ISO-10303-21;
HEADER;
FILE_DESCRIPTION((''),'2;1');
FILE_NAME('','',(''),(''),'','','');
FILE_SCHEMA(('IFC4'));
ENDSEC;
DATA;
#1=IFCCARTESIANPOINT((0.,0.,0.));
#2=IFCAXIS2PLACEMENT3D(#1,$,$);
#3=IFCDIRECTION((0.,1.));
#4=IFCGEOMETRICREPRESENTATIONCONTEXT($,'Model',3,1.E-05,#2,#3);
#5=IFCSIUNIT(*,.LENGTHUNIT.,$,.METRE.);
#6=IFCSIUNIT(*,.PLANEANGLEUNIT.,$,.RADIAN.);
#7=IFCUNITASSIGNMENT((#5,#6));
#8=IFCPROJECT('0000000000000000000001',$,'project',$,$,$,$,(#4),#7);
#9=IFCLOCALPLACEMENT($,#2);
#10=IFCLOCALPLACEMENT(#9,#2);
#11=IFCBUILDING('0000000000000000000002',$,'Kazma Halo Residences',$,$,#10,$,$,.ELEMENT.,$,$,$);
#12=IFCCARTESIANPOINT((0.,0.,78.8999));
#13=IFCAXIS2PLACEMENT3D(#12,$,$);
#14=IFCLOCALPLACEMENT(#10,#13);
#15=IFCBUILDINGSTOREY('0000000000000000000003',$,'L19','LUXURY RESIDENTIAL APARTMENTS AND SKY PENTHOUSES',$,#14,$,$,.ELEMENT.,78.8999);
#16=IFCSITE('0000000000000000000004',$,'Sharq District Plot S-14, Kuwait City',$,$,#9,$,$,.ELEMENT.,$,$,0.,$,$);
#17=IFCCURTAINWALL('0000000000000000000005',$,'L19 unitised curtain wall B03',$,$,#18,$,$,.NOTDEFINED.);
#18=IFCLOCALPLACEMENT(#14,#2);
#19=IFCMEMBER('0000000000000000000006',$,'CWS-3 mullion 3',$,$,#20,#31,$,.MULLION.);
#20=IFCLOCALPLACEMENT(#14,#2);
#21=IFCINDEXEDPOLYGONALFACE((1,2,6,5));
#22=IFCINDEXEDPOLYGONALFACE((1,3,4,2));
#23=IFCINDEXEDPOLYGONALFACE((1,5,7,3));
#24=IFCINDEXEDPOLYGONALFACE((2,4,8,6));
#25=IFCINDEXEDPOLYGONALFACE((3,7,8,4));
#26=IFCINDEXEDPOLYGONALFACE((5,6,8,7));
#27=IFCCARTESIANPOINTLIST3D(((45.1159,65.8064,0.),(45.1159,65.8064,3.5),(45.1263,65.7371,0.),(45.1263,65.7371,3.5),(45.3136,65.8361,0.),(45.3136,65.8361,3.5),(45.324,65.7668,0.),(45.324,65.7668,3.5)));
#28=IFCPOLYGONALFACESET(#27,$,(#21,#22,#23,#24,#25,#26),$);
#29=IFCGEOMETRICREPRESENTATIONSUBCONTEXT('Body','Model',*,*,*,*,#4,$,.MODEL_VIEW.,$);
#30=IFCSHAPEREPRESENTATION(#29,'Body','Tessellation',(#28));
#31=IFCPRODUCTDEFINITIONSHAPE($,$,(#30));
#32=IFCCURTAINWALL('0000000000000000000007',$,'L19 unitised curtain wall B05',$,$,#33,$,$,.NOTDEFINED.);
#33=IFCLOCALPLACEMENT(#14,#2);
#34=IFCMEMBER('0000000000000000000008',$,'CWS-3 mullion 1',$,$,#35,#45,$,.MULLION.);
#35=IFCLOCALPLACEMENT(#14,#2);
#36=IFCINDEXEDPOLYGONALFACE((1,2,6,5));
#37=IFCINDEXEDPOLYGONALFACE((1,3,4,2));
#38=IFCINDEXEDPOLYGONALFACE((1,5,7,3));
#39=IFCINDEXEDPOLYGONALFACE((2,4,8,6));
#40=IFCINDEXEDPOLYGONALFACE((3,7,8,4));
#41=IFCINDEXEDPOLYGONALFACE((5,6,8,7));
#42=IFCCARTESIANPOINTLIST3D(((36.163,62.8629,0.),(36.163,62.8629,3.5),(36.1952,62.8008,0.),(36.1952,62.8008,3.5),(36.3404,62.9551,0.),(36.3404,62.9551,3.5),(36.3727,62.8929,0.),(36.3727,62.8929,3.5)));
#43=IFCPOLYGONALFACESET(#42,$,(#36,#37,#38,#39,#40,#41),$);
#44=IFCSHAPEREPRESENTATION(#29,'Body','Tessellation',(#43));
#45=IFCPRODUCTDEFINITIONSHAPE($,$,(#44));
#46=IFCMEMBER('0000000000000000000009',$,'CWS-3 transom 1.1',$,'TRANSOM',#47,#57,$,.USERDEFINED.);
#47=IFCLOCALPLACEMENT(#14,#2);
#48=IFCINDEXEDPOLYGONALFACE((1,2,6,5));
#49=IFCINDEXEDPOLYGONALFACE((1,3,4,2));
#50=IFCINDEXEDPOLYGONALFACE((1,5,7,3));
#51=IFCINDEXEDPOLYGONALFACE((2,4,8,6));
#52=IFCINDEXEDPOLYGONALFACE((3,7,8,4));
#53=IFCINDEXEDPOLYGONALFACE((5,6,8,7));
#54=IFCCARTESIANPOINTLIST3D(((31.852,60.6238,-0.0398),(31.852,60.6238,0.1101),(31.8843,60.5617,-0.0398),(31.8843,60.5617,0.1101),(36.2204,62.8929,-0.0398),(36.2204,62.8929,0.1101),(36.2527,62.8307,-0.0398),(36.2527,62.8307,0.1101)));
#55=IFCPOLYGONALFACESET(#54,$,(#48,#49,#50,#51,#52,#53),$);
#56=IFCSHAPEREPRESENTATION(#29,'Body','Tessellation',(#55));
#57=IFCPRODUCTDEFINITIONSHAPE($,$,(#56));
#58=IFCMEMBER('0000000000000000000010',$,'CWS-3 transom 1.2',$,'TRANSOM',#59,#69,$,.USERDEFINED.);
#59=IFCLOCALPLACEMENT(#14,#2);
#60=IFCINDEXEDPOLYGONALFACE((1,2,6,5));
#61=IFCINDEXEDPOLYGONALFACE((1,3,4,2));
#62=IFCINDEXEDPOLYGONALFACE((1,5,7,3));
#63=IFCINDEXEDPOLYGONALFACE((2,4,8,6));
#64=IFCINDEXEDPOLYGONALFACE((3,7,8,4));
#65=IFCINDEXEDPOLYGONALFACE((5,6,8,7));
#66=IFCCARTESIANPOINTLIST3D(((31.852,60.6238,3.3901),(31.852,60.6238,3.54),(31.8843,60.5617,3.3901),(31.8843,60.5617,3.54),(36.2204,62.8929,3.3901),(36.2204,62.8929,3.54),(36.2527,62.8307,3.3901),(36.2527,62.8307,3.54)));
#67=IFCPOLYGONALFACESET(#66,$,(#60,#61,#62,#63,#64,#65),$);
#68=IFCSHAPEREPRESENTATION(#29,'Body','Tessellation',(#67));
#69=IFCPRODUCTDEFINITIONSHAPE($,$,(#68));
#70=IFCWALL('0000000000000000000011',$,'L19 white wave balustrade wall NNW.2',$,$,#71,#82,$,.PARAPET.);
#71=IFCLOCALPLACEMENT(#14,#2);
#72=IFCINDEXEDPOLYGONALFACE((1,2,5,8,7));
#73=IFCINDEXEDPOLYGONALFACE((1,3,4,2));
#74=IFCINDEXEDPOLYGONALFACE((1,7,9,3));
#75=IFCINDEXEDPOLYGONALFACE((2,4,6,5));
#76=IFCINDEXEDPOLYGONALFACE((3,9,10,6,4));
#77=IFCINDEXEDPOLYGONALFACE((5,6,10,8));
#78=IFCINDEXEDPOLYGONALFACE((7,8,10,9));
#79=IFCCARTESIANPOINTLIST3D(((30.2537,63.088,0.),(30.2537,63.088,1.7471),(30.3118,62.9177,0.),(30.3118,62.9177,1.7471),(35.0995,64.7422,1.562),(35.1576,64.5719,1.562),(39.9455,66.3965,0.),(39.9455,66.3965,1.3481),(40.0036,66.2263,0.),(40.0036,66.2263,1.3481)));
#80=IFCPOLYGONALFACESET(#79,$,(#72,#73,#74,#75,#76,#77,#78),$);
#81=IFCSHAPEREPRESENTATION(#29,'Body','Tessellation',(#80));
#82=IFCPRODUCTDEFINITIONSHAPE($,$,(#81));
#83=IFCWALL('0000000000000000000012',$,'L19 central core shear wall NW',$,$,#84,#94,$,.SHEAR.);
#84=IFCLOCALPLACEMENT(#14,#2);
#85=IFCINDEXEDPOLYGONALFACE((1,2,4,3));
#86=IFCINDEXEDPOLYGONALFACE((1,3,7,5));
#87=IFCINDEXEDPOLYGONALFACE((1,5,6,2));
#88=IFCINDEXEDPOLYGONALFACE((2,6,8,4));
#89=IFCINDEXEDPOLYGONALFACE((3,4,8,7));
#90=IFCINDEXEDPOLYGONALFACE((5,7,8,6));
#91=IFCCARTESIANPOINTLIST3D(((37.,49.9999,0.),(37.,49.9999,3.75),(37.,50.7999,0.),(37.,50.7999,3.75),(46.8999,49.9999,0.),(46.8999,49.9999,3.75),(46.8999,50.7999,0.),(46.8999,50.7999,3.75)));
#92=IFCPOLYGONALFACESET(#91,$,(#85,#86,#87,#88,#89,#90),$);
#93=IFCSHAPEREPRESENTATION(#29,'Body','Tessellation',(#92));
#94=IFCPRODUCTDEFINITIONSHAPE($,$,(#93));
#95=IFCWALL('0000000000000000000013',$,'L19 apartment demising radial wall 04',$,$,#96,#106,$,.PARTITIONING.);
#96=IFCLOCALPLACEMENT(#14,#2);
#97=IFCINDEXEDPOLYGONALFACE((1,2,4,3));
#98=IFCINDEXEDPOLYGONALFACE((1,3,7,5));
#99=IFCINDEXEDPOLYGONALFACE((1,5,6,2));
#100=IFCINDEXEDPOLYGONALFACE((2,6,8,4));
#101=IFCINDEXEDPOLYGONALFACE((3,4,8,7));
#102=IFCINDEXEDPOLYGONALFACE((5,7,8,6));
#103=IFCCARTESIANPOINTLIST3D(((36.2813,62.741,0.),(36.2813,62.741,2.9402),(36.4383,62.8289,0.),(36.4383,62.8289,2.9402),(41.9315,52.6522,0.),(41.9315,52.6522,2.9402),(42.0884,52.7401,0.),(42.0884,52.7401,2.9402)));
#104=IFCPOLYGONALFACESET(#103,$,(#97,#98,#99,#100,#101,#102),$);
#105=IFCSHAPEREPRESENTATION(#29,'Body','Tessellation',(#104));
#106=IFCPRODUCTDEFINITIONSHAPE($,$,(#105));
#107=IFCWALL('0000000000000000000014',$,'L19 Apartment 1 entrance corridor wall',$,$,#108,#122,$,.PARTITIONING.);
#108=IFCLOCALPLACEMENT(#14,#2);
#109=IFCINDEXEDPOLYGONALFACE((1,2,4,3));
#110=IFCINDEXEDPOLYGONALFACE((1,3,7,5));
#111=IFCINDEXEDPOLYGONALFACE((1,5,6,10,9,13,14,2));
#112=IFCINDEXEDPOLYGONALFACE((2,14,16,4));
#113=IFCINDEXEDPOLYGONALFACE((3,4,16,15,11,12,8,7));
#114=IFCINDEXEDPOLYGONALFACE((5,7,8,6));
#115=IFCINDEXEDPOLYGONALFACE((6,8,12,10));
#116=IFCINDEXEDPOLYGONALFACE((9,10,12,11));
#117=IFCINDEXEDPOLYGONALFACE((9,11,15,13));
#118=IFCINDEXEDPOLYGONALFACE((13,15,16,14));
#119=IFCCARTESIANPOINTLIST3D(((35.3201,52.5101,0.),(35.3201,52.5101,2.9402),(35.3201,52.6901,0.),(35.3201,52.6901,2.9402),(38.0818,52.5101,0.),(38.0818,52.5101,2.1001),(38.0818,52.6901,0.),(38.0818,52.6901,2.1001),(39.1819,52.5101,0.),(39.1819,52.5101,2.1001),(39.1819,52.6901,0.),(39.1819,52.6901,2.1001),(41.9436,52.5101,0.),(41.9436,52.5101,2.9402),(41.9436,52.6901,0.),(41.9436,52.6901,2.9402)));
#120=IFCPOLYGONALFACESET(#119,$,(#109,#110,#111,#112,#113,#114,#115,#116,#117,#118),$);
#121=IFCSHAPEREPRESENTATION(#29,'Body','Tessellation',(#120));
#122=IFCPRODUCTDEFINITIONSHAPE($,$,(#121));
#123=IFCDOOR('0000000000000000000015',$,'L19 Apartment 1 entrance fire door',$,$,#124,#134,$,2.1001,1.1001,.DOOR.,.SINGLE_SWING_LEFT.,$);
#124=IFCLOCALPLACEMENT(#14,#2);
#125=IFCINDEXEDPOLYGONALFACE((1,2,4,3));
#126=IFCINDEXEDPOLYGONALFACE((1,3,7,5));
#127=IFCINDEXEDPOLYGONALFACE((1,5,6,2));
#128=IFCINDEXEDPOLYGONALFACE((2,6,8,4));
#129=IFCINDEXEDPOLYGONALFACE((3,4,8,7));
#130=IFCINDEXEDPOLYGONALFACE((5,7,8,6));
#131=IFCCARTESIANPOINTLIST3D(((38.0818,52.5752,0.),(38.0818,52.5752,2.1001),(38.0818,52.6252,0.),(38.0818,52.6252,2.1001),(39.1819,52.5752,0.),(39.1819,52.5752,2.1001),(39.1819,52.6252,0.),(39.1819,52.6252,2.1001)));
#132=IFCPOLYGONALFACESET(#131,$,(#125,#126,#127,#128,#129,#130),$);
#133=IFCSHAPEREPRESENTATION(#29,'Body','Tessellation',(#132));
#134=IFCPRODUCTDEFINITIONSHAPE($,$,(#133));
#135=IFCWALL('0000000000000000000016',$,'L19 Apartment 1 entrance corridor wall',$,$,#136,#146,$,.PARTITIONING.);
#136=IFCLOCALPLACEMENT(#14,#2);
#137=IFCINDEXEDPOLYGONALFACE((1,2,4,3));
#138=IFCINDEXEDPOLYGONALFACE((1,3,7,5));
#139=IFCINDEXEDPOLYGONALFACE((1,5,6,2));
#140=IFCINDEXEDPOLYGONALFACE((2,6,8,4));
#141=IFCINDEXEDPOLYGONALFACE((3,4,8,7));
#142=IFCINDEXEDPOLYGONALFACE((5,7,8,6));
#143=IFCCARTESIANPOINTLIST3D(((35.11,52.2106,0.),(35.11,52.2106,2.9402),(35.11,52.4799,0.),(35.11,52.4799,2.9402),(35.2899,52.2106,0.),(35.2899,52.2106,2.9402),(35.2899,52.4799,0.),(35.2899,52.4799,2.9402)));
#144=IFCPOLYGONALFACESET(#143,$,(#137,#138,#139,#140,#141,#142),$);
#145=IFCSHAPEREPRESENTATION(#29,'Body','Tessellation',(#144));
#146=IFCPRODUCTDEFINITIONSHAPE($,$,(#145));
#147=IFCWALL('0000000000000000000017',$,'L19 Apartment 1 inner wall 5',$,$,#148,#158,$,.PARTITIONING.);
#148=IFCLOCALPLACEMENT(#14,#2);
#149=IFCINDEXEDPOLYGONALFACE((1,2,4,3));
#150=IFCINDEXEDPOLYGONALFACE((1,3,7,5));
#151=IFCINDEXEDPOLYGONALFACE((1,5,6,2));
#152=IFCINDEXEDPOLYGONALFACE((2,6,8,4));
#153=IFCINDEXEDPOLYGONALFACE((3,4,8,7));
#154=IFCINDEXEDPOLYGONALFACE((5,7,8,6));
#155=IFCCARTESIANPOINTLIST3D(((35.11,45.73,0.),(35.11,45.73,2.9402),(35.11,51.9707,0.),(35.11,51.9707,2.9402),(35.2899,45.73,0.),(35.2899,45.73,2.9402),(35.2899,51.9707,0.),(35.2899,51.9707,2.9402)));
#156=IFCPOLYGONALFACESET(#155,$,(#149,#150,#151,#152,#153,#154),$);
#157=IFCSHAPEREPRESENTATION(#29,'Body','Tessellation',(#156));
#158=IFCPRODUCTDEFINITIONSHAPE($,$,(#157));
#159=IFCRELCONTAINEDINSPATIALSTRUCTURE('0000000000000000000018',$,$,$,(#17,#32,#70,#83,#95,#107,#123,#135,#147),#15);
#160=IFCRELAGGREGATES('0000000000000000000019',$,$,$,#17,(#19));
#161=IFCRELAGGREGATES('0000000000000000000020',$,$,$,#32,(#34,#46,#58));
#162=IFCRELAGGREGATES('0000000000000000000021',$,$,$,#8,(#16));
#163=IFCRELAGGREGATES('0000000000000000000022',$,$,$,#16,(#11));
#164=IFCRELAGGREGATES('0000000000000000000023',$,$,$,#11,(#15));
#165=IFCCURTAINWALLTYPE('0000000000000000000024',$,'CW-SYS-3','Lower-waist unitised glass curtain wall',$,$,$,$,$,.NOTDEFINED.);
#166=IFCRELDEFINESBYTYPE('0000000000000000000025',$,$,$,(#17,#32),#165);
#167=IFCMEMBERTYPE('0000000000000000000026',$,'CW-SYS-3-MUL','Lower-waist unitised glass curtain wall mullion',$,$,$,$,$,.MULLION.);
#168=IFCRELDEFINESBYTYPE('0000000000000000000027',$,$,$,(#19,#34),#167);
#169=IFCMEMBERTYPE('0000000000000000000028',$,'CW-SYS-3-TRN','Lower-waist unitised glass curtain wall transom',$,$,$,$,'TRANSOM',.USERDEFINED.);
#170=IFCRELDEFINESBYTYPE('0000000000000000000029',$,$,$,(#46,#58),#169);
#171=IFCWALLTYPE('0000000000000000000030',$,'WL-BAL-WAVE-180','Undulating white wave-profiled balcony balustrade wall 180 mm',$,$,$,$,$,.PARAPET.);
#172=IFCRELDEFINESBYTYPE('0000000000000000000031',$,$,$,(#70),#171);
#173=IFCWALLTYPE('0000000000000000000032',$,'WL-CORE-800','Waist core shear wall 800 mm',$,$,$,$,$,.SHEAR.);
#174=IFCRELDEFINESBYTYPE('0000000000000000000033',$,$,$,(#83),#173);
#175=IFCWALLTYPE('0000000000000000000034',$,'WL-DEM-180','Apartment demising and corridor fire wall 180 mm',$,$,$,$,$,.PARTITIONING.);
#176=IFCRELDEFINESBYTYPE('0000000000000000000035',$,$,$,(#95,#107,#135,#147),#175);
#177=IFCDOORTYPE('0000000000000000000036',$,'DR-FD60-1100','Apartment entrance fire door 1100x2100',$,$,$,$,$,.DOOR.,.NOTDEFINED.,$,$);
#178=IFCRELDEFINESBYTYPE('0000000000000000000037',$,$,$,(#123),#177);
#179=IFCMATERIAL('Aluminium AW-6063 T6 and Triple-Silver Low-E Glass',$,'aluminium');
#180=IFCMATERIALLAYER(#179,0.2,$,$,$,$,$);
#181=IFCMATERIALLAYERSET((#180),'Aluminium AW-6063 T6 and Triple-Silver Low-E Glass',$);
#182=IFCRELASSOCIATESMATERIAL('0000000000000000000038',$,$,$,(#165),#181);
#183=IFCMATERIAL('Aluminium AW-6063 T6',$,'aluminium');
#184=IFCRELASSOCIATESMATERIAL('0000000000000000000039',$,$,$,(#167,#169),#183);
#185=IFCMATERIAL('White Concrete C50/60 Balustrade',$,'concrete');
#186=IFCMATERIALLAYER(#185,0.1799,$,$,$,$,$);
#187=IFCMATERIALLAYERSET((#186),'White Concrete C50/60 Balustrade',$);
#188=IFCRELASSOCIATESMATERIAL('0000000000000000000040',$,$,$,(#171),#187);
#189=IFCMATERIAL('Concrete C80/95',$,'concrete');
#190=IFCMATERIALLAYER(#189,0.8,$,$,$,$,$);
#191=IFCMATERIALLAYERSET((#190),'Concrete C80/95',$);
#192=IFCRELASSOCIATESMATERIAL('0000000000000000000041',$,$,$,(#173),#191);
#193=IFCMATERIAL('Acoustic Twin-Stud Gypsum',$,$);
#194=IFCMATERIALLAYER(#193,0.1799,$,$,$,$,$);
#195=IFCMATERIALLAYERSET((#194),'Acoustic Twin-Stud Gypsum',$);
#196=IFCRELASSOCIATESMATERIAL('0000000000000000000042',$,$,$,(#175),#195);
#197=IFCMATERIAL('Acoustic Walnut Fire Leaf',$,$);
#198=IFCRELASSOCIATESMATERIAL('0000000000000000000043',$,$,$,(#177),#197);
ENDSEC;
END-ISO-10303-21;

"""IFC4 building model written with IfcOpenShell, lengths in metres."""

from ifc_helpers import new_model, si_unit, direction, frame, frame_2d, origin, origin_2d, place, context, subcontext, project, spatial, polyline, rectangle, outline, extrude, material, layer, layer_set, material_profile, profile_set, type_object, element, fill, aggregate, save


model = new_model("IFC4")

# Units and contexts
model_context = context("Model", 3, precision=1e-05, world=origin(), true_north=direction((0.0, 1.0)))
body_context = subcontext(model_context, "Body", "Model", "MODEL_VIEW")
ifc_project = project(units=[si_unit("LENGTHUNIT", "METRE"), si_unit("PLANEANGLEUNIT", "RADIAN")], contexts=[model_context])

# Site, building, storey
site_placement = place(None, origin())
site = spatial("IfcSite", under=ifc_project, at=site_placement, Name="Sharq District Plot S-14, Kuwait City", CompositionType="ELEMENT", RefElevation=0.0)
building_placement = place(site_placement, origin())
building = spatial("IfcBuilding", under=site, at=building_placement, Name="Kazma Halo Residences", CompositionType="ELEMENT")
storey_placement = place(building_placement, frame((0.0, 0.0, 78.8999)))
storey = spatial("IfcBuildingStorey", under=building, at=storey_placement, Name="L19", Description="LUXURY RESIDENTIAL APARTMENTS AND SKY PENTHOUSES", CompositionType="ELEMENT", Elevation=78.8999)

# Shared definitions
ifc_material_1 = material(Name="Concrete C80/95", Category="concrete")

# Curtain wall, member
ifc_material_2 = material(Name="Aluminium AW-6063 T6 and Triple-Silver Low-E Glass", Category="aluminium")
ifc_layer_1 = layer(ifc_material_2, 0.2)
ifc_layer_set_1 = layer_set([ifc_layer_1], Name="Aluminium AW-6063 T6 and Triple-Silver Low-E Glass")
curtain_wall_type = type_object("IfcCurtainWallType", Name="CW-SYS-3", Description="Lower-waist unitised glass curtain wall", PredefinedType="NOTDEFINED", material=ifc_layer_set_1)
curtain_wall_1_placement = place(storey_placement, origin())
curtain_wall_1 = element("IfcCurtainWall", 1, at=curtain_wall_1_placement, inside=storey, type_object=curtain_wall_type, Name="L19 unitised curtain wall B03", PredefinedType="NOTDEFINED")
ifc_material_3 = material(Name="Aluminium AW-6063 T6", Category="aluminium")
ifc_material_profile_1 = material_profile(ifc_material_3, rectangle(XDim=0.0701, YDim=0.2, at=origin_2d()), Name="CWM-70x200")
ifc_profile_set_1 = profile_set([ifc_material_profile_1], Name="Aluminium AW-6063 T6")
member_type_1 = type_object("IfcMemberType", Name="CW-SYS-3-MUL", Description="Lower-waist unitised glass curtain wall mullion", PredefinedType="MULLION", material=ifc_profile_set_1)
member_1_placement = place(storey_placement, frame((45.22, 65.7866, 0.0), z_axis=(0.0, 0.0, 1.0), x_axis=(0.148717, -0.98888, 0.0)))
member_1 = element("IfcMember", 2, at=member_1_placement, type_object=member_type_1, Name="CWS-3 mullion 3", PredefinedType="MULLION", context=body_context, shape_type="SweptSolid", body=[
    extrude(rectangle(XDim=0.0701, YDim=0.2, at=origin_2d()), origin(), (0.0, 0.0, 1.0), 3.5),
])
aggregate(curtain_wall_1, [member_1])

# Curtain wall, members
curtain_wall_2_placement = place(storey_placement, origin())
curtain_wall_2 = element("IfcCurtainWall", 3, at=curtain_wall_2_placement, inside=storey, type_object=curtain_wall_type, Name="L19 unitised curtain wall B05", PredefinedType="NOTDEFINED")
member_2_placement = place(storey_placement, frame((36.2678, 62.8779, 0.0), z_axis=(0.0, 0.0, 1.0), x_axis=(0.460932, -0.887435, 0.0)))
member_2 = element("IfcMember", 4, at=member_2_placement, type_object=member_type_1, Name="CWS-3 mullion 1", PredefinedType="MULLION", context=body_context, shape_type="SweptSolid", body=[
    extrude(rectangle(XDim=0.0701, YDim=0.2, at=origin_2d()), origin(), (0.0, 0.0, 1.0), 3.5),
])
ifc_material_profile_2 = material_profile(ifc_material_3, rectangle(XDim=0.0701, YDim=0.1499, at=origin_2d()), Name="CWT-70x150")
ifc_profile_set_2 = profile_set([ifc_material_profile_2], Name="Aluminium AW-6063 T6")
member_type_2 = type_object("IfcMemberType", Name="CW-SYS-3-TRN", Description="Lower-waist unitised glass curtain wall transom", ElementType="TRANSOM", PredefinedType="USERDEFINED", material=ifc_profile_set_2)
member_3_placement = place(storey_placement, frame((36.2366, 62.8618, 0.0352), z_axis=(-0.887427, -0.460948, 0.0), x_axis=(0.460948, -0.887427, 0.0)))
member_3 = element("IfcMember", 5, at=member_3_placement, type_object=member_type_2, Name="CWS-3 transom 1.1", ObjectType="TRANSOM", PredefinedType="USERDEFINED", context=body_context, shape_type="SweptSolid", body=[
    extrude(rectangle(XDim=0.0701, YDim=0.1499, at=origin_2d()), origin(), (0.0, 0.0, 1.0), 4.9226),
])
member_4_placement = place(storey_placement, frame((36.2366, 62.8618, 3.4651), z_axis=(-0.887427, -0.460948, 0.0), x_axis=(0.460948, -0.887427, 0.0)))
member_4 = element("IfcMember", 6, at=member_4_placement, type_object=member_type_2, Name="CWS-3 transom 1.2", ObjectType="TRANSOM", PredefinedType="USERDEFINED", context=body_context, shape_type="SweptSolid", body=[
    extrude(rectangle(XDim=0.0701, YDim=0.1499, at=origin_2d()), origin(), (0.0, 0.0, 1.0), 4.9226),
])
aggregate(curtain_wall_2, [member_2, member_3, member_4])

# Walls
ifc_material_4 = material(Name="White Concrete C50/60 Balustrade", Category="concrete")
ifc_layer_2 = layer(ifc_material_4, 0.1799)
ifc_layer_set_2 = layer_set([ifc_layer_2], Name="White Concrete C50/60 Balustrade")
wall_type_1 = type_object("IfcWallType", Name="WL-BAL-WAVE-180", Description="Undulating white wave-profiled balcony balustrade wall 180 mm", PredefinedType="PARAPET", material=ifc_layer_set_2)
wall_1_placement = place(storey_placement, frame((39.9746, 66.3113, 0.0), z_axis=(0.0, 0.0, 1.0), x_axis=(-0.946375, -0.323071, 0.0)))
element("IfcWall", 7, at=wall_1_placement, inside=storey, type_object=wall_type_1, Name="L19 white wave balustrade wall NNW.2", PredefinedType="PARAPET", context=body_context, shape_type="SweptSolid", body=[
    extrude(outline(polyline([(0.0, 0.0), (10.241, 0.0), (10.241, 1.7471), (5.1206, 1.562), (0.0, 1.3481), (0.0, 0.0)])), frame((0.0, 0.0898, 0.0), z_axis=(0.0, -1.0, 0.0), x_axis=(1.0, 0.0, 0.0)), (0.0, 0.0, 1.0), 0.1799),
])
ifc_layer_3 = layer(ifc_material_1, 0.8)
ifc_layer_set_3 = layer_set([ifc_layer_3], Name="Concrete C80/95")
wall_type_2 = type_object("IfcWallType", Name="WL-CORE-800", Description="Waist core shear wall 800 mm", PredefinedType="SHEAR", material=ifc_layer_set_3)
wall_2_placement = place(storey_placement, frame((37.0, 50.3999, 0.0), z_axis=(0.0, 0.0, 1.0), x_axis=(1.0, 0.0, 0.0)))
element("IfcWall", 8, at=wall_2_placement, inside=storey, type_object=wall_type_2, Name="L19 central core shear wall NW", PredefinedType="SHEAR", context=body_context, shape_type="SweptSolid", body=[
    extrude(rectangle(XDim=9.8999, YDim=0.8, at=frame_2d((4.95, 0.0))), origin(), (0.0, 0.0, 1.0), 3.75),
])
ifc_material_5 = material(Name="Acoustic Twin-Stud Gypsum")
ifc_layer_4 = layer(ifc_material_5, 0.1799)
ifc_layer_set_4 = layer_set([ifc_layer_4], Name="Acoustic Twin-Stud Gypsum")
wall_type_3 = type_object("IfcWallType", Name="WL-DEM-180", Description="Apartment demising and corridor fire wall 180 mm", PredefinedType="PARTITIONING", material=ifc_layer_set_4)
wall_3_placement = place(storey_placement, frame((42.01, 52.696, 0.0), z_axis=(0.0, 0.0, 1.0), x_axis=(-0.488628, 0.872492, 0.0)))
element("IfcWall", 9, at=wall_3_placement, inside=storey, type_object=wall_type_3, Name="L19 apartment demising radial wall 04", PredefinedType="PARTITIONING", context=body_context, shape_type="SweptSolid", body=[
    extrude(rectangle(XDim=11.5632, YDim=0.1799, at=frame_2d((5.7817, 0.0))), origin(), (0.0, 0.0, 1.0), 2.9402),
])

# Wall, opening, door
wall_4_placement = place(storey_placement, frame((41.9436, 52.6001, 0.0), z_axis=(0.0, 0.0, 1.0), x_axis=(-1.0, 0.0, 0.0)))
wall_4 = element("IfcWall", 10, at=wall_4_placement, inside=storey, type_object=wall_type_3, Name="L19 Apartment 1 entrance corridor wall", PredefinedType="PARTITIONING", context=body_context, shape_type="SweptSolid", body=[
    extrude(rectangle(XDim=6.6235, YDim=0.1799, at=frame_2d((3.3118, 0.0))), origin(), (0.0, 0.0, 1.0), 2.9402),
])
opening_1_placement = place(wall_4_placement, frame((2.7617, 0.0, 0.0)))
opening_1 = element("IfcOpeningElement", 11, at=opening_1_placement, cuts=wall_4, PredefinedType="OPENING", context=body_context, shape_type="SweptSolid", body=[
    extrude(rectangle(XDim=1.1001, YDim=2.1001, at=frame_2d((0.55, 1.05))), frame((0.0, 0.0999, 0.0), z_axis=(0.0, -1.0, 0.0), x_axis=(1.0, 0.0, 0.0)), (0.0, 0.0, 1.0), 0.2),
])
ifc_material_6 = material(Name="Acoustic Walnut Fire Leaf")
door_type_1 = type_object("IfcDoorType", Name="DR-FD60-1100", Description="Apartment entrance fire door 1100x2100", OperationType="NOTDEFINED", PredefinedType="DOOR", material=ifc_material_6)
door_1_placement = place(opening_1_placement, origin())
door_1 = element("IfcDoor", 12, at=door_1_placement, inside=storey, type_object=door_type_1, Name="L19 Apartment 1 entrance fire door", OperationType="SINGLE_SWING_LEFT", OverallHeight=2.1001, OverallWidth=1.1001, PredefinedType="DOOR", context=body_context, shape_type="SweptSolid", body=[
    extrude(rectangle(XDim=1.1001, YDim=2.1001, at=frame_2d((0.55, 1.05))), frame((0.0, 0.0249, 0.0), z_axis=(0.0, -1.0, 0.0), x_axis=(1.0, 0.0, 0.0)), (0.0, 0.0, 1.0), 0.05),
])
fill(opening_1, door_1)

# Walls
wall_5_placement = place(storey_placement, frame((35.2, 52.48, 0.0), z_axis=(0.0, 0.0, 1.0), x_axis=(0.0, -1.0, 0.0)))
element("IfcWall", 13, at=wall_5_placement, inside=storey, type_object=wall_type_3, Name="L19 Apartment 1 entrance corridor wall", PredefinedType="PARTITIONING", context=body_context, shape_type="SweptSolid", body=[
    extrude(rectangle(XDim=0.2693, YDim=0.1799, at=frame_2d((0.1348, 0.0))), origin(), (0.0, 0.0, 1.0), 2.9402),
])
wall_6_placement = place(storey_placement, frame((35.2, 51.9707, 0.0), z_axis=(0.0, 0.0, 1.0), x_axis=(0.0, -1.0, 0.0)))
element("IfcWall", 14, at=wall_6_placement, inside=storey, type_object=wall_type_3, Name="L19 Apartment 1 inner wall 5", PredefinedType="PARTITIONING", context=body_context, shape_type="SweptSolid", body=[
    extrude(rectangle(XDim=6.2407, YDim=0.1799, at=frame_2d((3.1204, 0.0))), origin(), (0.0, 0.0, 1.0), 2.9402),
])

save(model, "model.ifc")
